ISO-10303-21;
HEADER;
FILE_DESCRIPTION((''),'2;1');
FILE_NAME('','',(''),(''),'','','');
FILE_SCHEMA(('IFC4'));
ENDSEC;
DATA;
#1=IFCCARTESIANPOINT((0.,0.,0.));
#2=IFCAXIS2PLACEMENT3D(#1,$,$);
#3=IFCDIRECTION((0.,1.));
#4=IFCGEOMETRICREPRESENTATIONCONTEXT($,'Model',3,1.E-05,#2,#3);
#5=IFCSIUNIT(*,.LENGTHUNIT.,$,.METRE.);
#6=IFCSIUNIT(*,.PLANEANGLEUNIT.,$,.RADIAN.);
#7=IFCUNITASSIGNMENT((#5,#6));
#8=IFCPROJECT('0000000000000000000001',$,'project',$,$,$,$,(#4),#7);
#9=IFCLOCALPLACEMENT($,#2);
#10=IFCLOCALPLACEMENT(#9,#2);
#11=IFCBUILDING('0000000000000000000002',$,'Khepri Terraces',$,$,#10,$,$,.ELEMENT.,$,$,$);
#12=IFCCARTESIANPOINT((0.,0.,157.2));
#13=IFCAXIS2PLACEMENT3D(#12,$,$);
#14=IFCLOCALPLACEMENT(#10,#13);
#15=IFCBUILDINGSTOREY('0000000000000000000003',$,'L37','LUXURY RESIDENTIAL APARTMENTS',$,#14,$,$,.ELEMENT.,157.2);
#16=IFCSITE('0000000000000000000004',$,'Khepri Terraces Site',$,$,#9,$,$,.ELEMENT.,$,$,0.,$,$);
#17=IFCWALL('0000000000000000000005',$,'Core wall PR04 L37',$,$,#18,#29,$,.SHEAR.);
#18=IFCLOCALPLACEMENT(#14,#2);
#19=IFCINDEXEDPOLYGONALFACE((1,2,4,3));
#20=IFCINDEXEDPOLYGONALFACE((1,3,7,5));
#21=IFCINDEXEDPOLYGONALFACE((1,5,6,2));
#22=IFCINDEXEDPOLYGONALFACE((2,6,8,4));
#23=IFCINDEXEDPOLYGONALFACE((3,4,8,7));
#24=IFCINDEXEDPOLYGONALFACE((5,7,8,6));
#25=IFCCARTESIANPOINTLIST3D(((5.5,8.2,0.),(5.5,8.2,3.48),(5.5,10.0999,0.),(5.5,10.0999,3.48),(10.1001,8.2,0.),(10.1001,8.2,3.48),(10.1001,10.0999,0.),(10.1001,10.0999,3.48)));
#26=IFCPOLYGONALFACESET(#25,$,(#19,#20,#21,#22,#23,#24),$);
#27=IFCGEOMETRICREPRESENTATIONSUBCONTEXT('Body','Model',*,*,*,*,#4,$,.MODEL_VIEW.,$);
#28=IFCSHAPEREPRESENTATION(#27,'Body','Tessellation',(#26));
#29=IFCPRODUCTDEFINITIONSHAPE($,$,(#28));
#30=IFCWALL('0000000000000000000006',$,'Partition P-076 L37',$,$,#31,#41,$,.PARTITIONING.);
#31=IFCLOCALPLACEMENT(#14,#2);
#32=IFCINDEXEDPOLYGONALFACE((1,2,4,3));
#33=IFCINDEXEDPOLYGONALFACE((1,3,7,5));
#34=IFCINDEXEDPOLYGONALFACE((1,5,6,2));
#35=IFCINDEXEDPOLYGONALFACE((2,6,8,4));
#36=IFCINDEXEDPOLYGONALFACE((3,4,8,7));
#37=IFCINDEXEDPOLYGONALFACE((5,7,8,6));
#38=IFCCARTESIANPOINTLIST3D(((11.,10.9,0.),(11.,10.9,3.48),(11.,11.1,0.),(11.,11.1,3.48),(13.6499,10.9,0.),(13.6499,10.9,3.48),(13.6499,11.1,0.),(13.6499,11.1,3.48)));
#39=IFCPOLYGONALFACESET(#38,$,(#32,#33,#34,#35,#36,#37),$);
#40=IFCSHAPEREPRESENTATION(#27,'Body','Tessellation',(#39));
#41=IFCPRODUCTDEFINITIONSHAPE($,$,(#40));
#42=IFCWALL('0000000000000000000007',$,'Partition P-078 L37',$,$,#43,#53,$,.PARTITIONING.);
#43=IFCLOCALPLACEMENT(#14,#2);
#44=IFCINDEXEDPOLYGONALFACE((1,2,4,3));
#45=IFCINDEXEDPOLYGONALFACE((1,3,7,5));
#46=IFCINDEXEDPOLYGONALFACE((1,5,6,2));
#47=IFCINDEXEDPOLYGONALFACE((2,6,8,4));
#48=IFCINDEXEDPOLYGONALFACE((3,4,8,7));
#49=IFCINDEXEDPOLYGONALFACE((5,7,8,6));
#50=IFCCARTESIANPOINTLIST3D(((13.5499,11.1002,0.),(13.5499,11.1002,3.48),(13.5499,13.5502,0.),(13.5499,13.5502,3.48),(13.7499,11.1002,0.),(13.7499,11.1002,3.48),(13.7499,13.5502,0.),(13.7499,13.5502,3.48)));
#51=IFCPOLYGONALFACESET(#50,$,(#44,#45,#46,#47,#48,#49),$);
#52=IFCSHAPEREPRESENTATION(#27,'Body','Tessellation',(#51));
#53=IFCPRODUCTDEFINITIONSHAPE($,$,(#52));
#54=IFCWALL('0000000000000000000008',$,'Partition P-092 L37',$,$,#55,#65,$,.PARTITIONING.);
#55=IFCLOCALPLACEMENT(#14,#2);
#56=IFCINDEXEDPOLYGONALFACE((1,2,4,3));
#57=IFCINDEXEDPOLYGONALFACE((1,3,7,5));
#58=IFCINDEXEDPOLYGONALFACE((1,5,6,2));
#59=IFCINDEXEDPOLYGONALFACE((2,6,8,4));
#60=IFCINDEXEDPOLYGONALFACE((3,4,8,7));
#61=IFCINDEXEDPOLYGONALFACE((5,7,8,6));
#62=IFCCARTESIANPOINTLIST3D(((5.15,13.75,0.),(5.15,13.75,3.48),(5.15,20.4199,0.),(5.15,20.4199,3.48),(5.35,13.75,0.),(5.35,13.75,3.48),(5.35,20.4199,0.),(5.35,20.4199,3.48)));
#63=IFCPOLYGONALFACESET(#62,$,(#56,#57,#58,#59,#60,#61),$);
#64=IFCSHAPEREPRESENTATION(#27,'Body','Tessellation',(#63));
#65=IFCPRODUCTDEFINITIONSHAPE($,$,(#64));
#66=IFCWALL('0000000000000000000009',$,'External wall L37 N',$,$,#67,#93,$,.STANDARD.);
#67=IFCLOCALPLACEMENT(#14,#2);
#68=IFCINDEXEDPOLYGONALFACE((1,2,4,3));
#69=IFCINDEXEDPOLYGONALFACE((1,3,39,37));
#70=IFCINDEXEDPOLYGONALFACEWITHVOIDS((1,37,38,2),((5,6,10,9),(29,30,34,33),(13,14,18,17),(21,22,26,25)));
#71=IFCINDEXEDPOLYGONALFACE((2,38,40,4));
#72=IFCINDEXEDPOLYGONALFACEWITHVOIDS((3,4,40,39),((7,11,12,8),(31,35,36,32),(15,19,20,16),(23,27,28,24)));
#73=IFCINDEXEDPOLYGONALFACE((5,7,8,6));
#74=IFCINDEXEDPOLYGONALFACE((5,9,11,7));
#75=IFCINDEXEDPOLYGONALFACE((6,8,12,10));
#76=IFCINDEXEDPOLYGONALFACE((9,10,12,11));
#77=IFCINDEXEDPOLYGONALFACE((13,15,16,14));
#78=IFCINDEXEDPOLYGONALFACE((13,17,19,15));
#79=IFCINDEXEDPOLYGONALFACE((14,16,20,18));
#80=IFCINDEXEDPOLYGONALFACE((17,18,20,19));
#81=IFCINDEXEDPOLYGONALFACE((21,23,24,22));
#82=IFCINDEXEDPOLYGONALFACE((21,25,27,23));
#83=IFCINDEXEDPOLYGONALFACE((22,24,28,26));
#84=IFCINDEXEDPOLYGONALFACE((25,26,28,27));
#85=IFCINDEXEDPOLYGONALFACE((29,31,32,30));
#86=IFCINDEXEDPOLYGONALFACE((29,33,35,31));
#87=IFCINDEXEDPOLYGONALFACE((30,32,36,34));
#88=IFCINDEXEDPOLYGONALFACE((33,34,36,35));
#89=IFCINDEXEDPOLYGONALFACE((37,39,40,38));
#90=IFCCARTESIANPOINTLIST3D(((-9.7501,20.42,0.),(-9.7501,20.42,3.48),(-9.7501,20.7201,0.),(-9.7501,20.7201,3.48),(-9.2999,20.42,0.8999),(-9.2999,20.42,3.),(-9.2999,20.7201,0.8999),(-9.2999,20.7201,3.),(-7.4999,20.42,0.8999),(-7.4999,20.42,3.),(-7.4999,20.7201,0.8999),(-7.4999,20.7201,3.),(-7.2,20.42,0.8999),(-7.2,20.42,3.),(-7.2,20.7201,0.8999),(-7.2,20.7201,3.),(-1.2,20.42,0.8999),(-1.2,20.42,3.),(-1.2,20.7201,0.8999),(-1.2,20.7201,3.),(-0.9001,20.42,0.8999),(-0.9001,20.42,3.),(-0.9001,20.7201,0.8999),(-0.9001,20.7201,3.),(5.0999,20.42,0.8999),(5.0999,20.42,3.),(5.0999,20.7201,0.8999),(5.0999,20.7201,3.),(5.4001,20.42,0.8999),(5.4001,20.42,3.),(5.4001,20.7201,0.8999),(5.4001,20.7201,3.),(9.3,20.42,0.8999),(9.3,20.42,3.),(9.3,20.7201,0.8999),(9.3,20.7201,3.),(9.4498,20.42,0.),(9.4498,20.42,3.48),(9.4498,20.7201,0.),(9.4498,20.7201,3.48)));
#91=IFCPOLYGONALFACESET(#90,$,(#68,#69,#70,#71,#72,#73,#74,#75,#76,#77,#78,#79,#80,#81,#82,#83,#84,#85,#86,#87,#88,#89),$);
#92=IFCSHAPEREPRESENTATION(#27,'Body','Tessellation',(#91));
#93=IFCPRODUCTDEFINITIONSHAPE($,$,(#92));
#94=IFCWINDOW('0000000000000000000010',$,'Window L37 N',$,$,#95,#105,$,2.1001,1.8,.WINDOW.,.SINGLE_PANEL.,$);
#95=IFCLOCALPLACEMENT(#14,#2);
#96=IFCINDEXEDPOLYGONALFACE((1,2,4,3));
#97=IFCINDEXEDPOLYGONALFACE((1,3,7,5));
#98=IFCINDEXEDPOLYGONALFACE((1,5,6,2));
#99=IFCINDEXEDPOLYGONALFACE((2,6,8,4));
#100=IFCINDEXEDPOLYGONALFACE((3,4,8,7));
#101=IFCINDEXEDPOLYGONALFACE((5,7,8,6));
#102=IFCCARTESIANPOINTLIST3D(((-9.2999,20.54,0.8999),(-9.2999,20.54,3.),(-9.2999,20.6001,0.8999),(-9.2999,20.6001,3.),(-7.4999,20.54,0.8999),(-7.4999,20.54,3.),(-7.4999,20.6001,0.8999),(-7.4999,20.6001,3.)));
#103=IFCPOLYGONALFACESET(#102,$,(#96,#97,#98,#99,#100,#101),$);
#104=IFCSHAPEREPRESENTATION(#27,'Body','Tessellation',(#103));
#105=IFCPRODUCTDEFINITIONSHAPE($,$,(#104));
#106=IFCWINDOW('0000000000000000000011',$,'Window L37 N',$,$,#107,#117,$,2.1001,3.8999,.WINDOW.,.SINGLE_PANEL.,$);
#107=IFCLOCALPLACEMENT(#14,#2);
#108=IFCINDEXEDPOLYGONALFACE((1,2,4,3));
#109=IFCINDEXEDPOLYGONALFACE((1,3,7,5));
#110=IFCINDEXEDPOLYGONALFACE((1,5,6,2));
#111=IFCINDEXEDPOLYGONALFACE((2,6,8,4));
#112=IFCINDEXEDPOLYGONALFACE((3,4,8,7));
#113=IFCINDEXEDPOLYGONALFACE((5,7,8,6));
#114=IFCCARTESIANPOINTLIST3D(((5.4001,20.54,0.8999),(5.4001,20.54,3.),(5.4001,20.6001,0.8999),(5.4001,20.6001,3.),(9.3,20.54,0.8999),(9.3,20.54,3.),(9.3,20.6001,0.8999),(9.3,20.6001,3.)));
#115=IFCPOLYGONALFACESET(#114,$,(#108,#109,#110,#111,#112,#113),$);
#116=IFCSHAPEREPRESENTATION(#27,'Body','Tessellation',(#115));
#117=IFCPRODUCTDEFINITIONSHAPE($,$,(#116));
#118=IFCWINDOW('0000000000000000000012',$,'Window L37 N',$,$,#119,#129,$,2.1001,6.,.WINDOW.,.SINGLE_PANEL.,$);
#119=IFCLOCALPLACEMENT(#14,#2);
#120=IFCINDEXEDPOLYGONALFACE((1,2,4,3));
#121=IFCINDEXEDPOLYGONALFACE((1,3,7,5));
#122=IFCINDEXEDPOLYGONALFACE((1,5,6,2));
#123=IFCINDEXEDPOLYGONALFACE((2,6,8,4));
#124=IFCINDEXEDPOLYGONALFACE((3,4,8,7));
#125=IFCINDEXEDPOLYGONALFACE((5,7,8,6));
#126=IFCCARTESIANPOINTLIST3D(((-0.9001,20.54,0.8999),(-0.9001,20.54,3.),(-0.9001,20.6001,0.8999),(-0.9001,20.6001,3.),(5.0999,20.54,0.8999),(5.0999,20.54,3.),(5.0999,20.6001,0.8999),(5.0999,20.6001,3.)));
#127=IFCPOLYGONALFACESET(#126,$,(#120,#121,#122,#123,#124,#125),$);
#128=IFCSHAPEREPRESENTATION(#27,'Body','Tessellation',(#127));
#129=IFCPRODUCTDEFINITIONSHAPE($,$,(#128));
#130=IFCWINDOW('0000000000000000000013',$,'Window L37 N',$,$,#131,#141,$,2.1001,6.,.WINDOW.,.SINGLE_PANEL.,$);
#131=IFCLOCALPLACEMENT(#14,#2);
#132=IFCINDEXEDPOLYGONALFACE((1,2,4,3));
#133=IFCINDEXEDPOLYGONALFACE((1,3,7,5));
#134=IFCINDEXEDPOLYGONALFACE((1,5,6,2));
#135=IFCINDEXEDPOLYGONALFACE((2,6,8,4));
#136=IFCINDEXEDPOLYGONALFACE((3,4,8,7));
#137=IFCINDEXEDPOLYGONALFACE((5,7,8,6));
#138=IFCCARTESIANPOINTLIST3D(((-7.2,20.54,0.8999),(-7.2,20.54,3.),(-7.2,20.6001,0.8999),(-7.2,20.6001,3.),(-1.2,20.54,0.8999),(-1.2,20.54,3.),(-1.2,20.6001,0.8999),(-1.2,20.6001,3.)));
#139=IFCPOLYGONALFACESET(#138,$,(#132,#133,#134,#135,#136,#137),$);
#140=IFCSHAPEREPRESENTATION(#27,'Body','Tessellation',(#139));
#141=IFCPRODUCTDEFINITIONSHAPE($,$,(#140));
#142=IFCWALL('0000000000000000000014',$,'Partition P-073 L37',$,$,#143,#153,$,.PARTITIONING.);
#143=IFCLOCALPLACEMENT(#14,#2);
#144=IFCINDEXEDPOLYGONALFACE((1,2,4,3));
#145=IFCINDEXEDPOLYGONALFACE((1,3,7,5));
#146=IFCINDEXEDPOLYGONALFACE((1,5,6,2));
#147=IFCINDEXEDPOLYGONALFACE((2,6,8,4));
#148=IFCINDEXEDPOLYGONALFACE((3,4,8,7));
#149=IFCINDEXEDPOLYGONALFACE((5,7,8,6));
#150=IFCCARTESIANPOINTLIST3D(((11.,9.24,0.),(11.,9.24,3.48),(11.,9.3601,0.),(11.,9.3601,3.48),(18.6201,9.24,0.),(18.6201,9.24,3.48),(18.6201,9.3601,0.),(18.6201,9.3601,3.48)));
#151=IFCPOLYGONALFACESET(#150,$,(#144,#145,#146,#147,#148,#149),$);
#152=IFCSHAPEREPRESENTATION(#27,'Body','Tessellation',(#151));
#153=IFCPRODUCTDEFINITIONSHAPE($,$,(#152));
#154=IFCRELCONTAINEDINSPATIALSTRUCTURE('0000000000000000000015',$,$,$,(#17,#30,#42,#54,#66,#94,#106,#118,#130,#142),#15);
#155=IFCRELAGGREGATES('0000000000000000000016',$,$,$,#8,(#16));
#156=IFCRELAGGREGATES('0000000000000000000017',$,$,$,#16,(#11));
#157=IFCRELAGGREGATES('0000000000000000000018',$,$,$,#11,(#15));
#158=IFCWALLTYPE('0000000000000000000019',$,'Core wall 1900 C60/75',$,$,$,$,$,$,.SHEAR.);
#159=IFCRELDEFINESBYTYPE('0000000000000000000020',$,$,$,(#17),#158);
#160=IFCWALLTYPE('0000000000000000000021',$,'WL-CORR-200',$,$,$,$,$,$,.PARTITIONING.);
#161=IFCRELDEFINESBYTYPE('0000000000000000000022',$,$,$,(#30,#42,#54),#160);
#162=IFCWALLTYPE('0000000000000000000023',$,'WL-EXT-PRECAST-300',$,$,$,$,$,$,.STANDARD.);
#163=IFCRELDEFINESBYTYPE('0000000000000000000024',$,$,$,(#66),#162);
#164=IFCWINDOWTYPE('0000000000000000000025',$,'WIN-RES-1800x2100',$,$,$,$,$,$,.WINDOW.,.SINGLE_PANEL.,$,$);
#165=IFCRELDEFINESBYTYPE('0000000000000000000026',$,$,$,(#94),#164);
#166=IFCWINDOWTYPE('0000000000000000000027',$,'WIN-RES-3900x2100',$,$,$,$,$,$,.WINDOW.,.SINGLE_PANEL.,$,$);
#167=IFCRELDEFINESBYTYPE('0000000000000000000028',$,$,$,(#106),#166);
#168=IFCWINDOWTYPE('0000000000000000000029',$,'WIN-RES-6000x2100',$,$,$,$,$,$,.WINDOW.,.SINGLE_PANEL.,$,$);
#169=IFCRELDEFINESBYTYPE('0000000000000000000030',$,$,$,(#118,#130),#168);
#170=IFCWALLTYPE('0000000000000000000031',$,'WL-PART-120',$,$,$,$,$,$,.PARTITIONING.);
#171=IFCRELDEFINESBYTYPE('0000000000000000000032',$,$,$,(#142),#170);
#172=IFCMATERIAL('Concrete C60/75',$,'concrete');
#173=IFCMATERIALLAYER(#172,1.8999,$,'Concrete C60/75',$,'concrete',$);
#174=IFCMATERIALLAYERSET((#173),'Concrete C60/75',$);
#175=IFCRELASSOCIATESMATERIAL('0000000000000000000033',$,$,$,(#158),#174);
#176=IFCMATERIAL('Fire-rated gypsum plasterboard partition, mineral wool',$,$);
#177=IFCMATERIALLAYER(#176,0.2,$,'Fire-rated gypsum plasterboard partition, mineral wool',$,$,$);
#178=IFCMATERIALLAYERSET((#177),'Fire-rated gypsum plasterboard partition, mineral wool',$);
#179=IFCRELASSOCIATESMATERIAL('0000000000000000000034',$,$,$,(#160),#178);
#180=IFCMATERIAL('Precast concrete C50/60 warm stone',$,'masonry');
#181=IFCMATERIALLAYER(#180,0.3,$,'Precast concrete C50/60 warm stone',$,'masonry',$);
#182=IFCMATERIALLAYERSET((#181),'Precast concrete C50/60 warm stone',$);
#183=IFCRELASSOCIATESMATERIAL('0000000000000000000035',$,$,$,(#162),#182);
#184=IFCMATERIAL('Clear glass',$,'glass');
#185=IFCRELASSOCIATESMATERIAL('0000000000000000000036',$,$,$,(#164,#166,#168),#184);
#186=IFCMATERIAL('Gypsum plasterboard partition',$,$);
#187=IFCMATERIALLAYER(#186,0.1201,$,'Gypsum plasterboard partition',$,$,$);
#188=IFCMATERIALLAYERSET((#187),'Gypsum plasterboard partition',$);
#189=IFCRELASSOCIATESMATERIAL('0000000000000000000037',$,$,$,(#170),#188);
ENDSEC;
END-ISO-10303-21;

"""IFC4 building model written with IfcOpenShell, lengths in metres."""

from ifc_helpers import new_model, si_unit, direction, frame, frame_2d, origin, place, context, subcontext, project, spatial, rectangle, extrude, material, layer, layer_set, type_object, element, fill, save


model = new_model("IFC4")

# Units and contexts
model_context = context("Model", 3, precision=1e-05, world=origin(), true_north=direction((0.0, 1.0)))
body_context = subcontext(model_context, "Body", "Model", "MODEL_VIEW")
ifc_project = project(units=[si_unit("LENGTHUNIT", "METRE"), si_unit("PLANEANGLEUNIT", "RADIAN")], contexts=[model_context])

# Site, building, storey
site_placement = place(None, origin())
site = spatial("IfcSite", under=ifc_project, at=site_placement, Name="Khepri Terraces Site", CompositionType="ELEMENT", RefElevation=0.0)
building_placement = place(site_placement, origin())
building = spatial("IfcBuilding", under=site, at=building_placement, Name="Khepri Terraces", CompositionType="ELEMENT")
storey_placement = place(building_placement, frame((0.0, 0.0, 157.2)))
storey = spatial("IfcBuildingStorey", under=building, at=storey_placement, Name="L37", Description="LUXURY RESIDENTIAL APARTMENTS", CompositionType="ELEMENT", Elevation=157.2)

# Walls
ifc_material_1 = material(Name="Concrete C60/75", Category="concrete")
ifc_layer_1 = layer(ifc_material_1, 1.8999, Name="Concrete C60/75", Category="concrete")
ifc_layer_set_1 = layer_set([ifc_layer_1], Name="Concrete C60/75")
wall_type_1 = type_object("IfcWallType", Name="Core wall 1900 C60/75", PredefinedType="SHEAR", material=ifc_layer_set_1)
wall_1_placement = place(storey_placement, frame((5.5, 9.1499, 0.0), z_axis=(0.0, 0.0, 1.0), x_axis=(1.0, 0.0, 0.0)))
element("IfcWall", 1, at=wall_1_placement, inside=storey, type_object=wall_type_1, Name="Core wall PR04 L37", PredefinedType="SHEAR", context=body_context, shape_type="SweptSolid", body=[
    extrude(rectangle(XDim=4.6001, YDim=1.8999, at=frame_2d((2.3, 0.0))), origin(), (0.0, 0.0, 1.0), 3.48),
])
ifc_material_2 = material(Name="Fire-rated gypsum plasterboard partition, mineral wool")
ifc_layer_2 = layer(ifc_material_2, 0.2, Name="Fire-rated gypsum plasterboard partition, mineral wool")
ifc_layer_set_2 = layer_set([ifc_layer_2], Name="Fire-rated gypsum plasterboard partition, mineral wool")
wall_type_2 = type_object("IfcWallType", Name="WL-CORR-200", PredefinedType="PARTITIONING", material=ifc_layer_set_2)
wall_2_placement = place(storey_placement, frame((11.0, 11.0, 0.0), z_axis=(0.0, 0.0, 1.0), x_axis=(1.0, 0.0, 0.0)))
element("IfcWall", 2, at=wall_2_placement, inside=storey, type_object=wall_type_2, Name="Partition P-076 L37", PredefinedType="PARTITIONING", context=body_context, shape_type="SweptSolid", body=[
    extrude(rectangle(XDim=2.6499, YDim=0.2, at=frame_2d((1.325, 0.0))), origin(), (0.0, 0.0, 1.0), 3.48),
])
wall_3_placement = place(storey_placement, frame((13.6499, 11.1001, 0.0), z_axis=(0.0, 0.0, 1.0), x_axis=(0.0, 1.0, 0.0)))
element("IfcWall", 3, at=wall_3_placement, inside=storey, type_object=wall_type_2, Name="Partition P-078 L37", PredefinedType="PARTITIONING", context=body_context, shape_type="SweptSolid", body=[
    extrude(rectangle(XDim=2.45, YDim=0.2, at=frame_2d((1.2251, 0.0))), origin(), (0.0, 0.0, 1.0), 3.48),
])
wall_4_placement = place(storey_placement, frame((5.25, 13.75, 0.0), z_axis=(0.0, 0.0, 1.0), x_axis=(0.0, 1.0, 0.0)))
element("IfcWall", 4, at=wall_4_placement, inside=storey, type_object=wall_type_2, Name="Partition P-092 L37", PredefinedType="PARTITIONING", context=body_context, shape_type="SweptSolid", body=[
    extrude(rectangle(XDim=6.6699, YDim=0.2, at=frame_2d((3.335, 0.0))), origin(), (0.0, 0.0, 1.0), 3.48),
])

# Shared definitions
ifc_material_3 = material(Name="Precast concrete C50/60 warm stone", Category="masonry")
ifc_layer_3 = layer(ifc_material_3, 0.3, Name="Precast concrete C50/60 warm stone", Category="masonry")
ifc_layer_set_3 = layer_set([ifc_layer_3], Name="Precast concrete C50/60 warm stone")
wall_type_3 = type_object("IfcWallType", Name="WL-EXT-PRECAST-300", PredefinedType="STANDARD", material=ifc_layer_set_3)

# Wall, openings, windows
wall_5_placement = place(storey_placement, frame((9.45, 20.5701, 0.0), z_axis=(0.0, 0.0, 1.0), x_axis=(-1.0, 0.0, 0.0)))
wall_5 = element("IfcWall", 5, at=wall_5_placement, inside=storey, type_object=wall_type_3, Name="External wall L37 N", PredefinedType="STANDARD", context=body_context, shape_type="SweptSolid", body=[
    extrude(rectangle(XDim=19.2, YDim=0.3, at=frame_2d((9.6001, 0.0))), origin(), (0.0, 0.0, 1.0), 3.48),
])
opening_1_placement = place(wall_5_placement, frame((0.1499, 0.0, 0.8999)))
opening_1 = element("IfcOpeningElement", 6, at=opening_1_placement, cuts=wall_5, PredefinedType="OPENING", context=body_context, shape_type="SweptSolid", body=[
    extrude(rectangle(XDim=3.8999, YDim=2.1001, at=frame_2d((1.95, 1.05))), frame((0.0, 0.1602, 0.0), z_axis=(0.0, -1.0, 0.0), x_axis=(1.0, 0.0, 0.0)), (0.0, 0.0, 1.0), 0.3201),
])
opening_2_placement = place(wall_5_placement, frame((4.3501, 0.0, 0.8999)))
opening_2 = element("IfcOpeningElement", 7, at=opening_2_placement, cuts=wall_5, PredefinedType="OPENING", context=body_context, shape_type="SweptSolid", body=[
    extrude(rectangle(XDim=6.0, YDim=2.1001, at=frame_2d((3.0, 1.05))), frame((0.0, 0.1602, 0.0), z_axis=(0.0, -1.0, 0.0), x_axis=(1.0, 0.0, 0.0)), (0.0, 0.0, 1.0), 0.3201),
])
opening_3_placement = place(wall_5_placement, frame((10.6499, 0.0, 0.8999)))
opening_3 = element("IfcOpeningElement", 8, at=opening_3_placement, cuts=wall_5, PredefinedType="OPENING", context=body_context, shape_type="SweptSolid", body=[
    extrude(rectangle(XDim=6.0, YDim=2.1001, at=frame_2d((3.0, 1.05))), frame((0.0, 0.1602, 0.0), z_axis=(0.0, -1.0, 0.0), x_axis=(1.0, 0.0, 0.0)), (0.0, 0.0, 1.0), 0.3201),
])
opening_4_placement = place(wall_5_placement, frame((16.95, 0.0, 0.8999)))
opening_4 = element("IfcOpeningElement", 9, at=opening_4_placement, cuts=wall_5, PredefinedType="OPENING", context=body_context, shape_type="SweptSolid", body=[
    extrude(rectangle(XDim=1.8, YDim=2.1001, at=frame_2d((0.8999, 1.05))), frame((0.0, 0.1602, 0.0), z_axis=(0.0, -1.0, 0.0), x_axis=(1.0, 0.0, 0.0)), (0.0, 0.0, 1.0), 0.3201),
])
ifc_material_4 = material(Name="Clear glass", Category="glass")
window_type_1 = type_object("IfcWindowType", Name="WIN-RES-1800x2100", PartitioningType="SINGLE_PANEL", PredefinedType="WINDOW", material=ifc_material_4)
window_1_placement = place(opening_4_placement, origin())
window_1 = element("IfcWindow", 10, at=window_1_placement, inside=storey, type_object=window_type_1, Name="Window L37 N", OverallHeight=2.1001, OverallWidth=1.8, PartitioningType="SINGLE_PANEL", PredefinedType="WINDOW", context=body_context, shape_type="SweptSolid", body=[
    extrude(rectangle(XDim=1.8, YDim=2.1001, at=frame_2d((0.8999, 1.05))), frame((0.0, 0.03, 0.0), z_axis=(0.0, -1.0, 0.0), x_axis=(1.0, 0.0, 0.0)), (0.0, 0.0, 1.0), 0.0601),
])
fill(opening_4, window_1)
window_type_2 = type_object("IfcWindowType", Name="WIN-RES-3900x2100", PartitioningType="SINGLE_PANEL", PredefinedType="WINDOW", material=ifc_material_4)
window_2_placement = place(opening_1_placement, origin())
window_2 = element("IfcWindow", 11, at=window_2_placement, inside=storey, type_object=window_type_2, Name="Window L37 N", OverallHeight=2.1001, OverallWidth=3.8999, PartitioningType="SINGLE_PANEL", PredefinedType="WINDOW", context=body_context, shape_type="SweptSolid", body=[
    extrude(rectangle(XDim=3.8999, YDim=2.1001, at=frame_2d((1.95, 1.05))), frame((0.0, 0.03, 0.0), z_axis=(0.0, -1.0, 0.0), x_axis=(1.0, 0.0, 0.0)), (0.0, 0.0, 1.0), 0.0601),
])
fill(opening_1, window_2)
window_type_3 = type_object("IfcWindowType", Name="WIN-RES-6000x2100", PartitioningType="SINGLE_PANEL", PredefinedType="WINDOW", material=ifc_material_4)
window_3_placement = place(opening_2_placement, origin())
window_3 = element("IfcWindow", 12, at=window_3_placement, inside=storey, type_object=window_type_3, Name="Window L37 N", OverallHeight=2.1001, OverallWidth=6.0, PartitioningType="SINGLE_PANEL", PredefinedType="WINDOW", context=body_context, shape_type="SweptSolid", body=[
    extrude(rectangle(XDim=6.0, YDim=2.1001, at=frame_2d((3.0, 1.05))), frame((0.0, 0.03, 0.0), z_axis=(0.0, -1.0, 0.0), x_axis=(1.0, 0.0, 0.0)), (0.0, 0.0, 1.0), 0.0601),
])
fill(opening_2, window_3)
window_4_placement = place(opening_3_placement, origin())
window_4 = element("IfcWindow", 13, at=window_4_placement, inside=storey, type_object=window_type_3, Name="Window L37 N", OverallHeight=2.1001, OverallWidth=6.0, PartitioningType="SINGLE_PANEL", PredefinedType="WINDOW", context=body_context, shape_type="SweptSolid", body=[
    extrude(rectangle(XDim=6.0, YDim=2.1001, at=frame_2d((3.0, 1.05))), frame((0.0, 0.03, 0.0), z_axis=(0.0, -1.0, 0.0), x_axis=(1.0, 0.0, 0.0)), (0.0, 0.0, 1.0), 0.0601),
])
fill(opening_3, window_4)

# Wall
ifc_material_5 = material(Name="Gypsum plasterboard partition")
ifc_layer_4 = layer(ifc_material_5, 0.1201, Name="Gypsum plasterboard partition")
ifc_layer_set_4 = layer_set([ifc_layer_4], Name="Gypsum plasterboard partition")
wall_type_4 = type_object("IfcWallType", Name="WL-PART-120", PredefinedType="PARTITIONING", material=ifc_layer_set_4)
wall_6_placement = place(storey_placement, frame((11.0, 9.3, 0.0), z_axis=(0.0, 0.0, 1.0), x_axis=(1.0, 0.0, 0.0)))
element("IfcWall", 14, at=wall_6_placement, inside=storey, type_object=wall_type_4, Name="Partition P-073 L37", PredefinedType="PARTITIONING", context=body_context, shape_type="SweptSolid", body=[
    extrude(rectangle(XDim=7.6201, YDim=0.1201, at=frame_2d((3.8101, 0.0))), origin(), (0.0, 0.0, 1.0), 3.48),
])

save(model, "model.ifc")
